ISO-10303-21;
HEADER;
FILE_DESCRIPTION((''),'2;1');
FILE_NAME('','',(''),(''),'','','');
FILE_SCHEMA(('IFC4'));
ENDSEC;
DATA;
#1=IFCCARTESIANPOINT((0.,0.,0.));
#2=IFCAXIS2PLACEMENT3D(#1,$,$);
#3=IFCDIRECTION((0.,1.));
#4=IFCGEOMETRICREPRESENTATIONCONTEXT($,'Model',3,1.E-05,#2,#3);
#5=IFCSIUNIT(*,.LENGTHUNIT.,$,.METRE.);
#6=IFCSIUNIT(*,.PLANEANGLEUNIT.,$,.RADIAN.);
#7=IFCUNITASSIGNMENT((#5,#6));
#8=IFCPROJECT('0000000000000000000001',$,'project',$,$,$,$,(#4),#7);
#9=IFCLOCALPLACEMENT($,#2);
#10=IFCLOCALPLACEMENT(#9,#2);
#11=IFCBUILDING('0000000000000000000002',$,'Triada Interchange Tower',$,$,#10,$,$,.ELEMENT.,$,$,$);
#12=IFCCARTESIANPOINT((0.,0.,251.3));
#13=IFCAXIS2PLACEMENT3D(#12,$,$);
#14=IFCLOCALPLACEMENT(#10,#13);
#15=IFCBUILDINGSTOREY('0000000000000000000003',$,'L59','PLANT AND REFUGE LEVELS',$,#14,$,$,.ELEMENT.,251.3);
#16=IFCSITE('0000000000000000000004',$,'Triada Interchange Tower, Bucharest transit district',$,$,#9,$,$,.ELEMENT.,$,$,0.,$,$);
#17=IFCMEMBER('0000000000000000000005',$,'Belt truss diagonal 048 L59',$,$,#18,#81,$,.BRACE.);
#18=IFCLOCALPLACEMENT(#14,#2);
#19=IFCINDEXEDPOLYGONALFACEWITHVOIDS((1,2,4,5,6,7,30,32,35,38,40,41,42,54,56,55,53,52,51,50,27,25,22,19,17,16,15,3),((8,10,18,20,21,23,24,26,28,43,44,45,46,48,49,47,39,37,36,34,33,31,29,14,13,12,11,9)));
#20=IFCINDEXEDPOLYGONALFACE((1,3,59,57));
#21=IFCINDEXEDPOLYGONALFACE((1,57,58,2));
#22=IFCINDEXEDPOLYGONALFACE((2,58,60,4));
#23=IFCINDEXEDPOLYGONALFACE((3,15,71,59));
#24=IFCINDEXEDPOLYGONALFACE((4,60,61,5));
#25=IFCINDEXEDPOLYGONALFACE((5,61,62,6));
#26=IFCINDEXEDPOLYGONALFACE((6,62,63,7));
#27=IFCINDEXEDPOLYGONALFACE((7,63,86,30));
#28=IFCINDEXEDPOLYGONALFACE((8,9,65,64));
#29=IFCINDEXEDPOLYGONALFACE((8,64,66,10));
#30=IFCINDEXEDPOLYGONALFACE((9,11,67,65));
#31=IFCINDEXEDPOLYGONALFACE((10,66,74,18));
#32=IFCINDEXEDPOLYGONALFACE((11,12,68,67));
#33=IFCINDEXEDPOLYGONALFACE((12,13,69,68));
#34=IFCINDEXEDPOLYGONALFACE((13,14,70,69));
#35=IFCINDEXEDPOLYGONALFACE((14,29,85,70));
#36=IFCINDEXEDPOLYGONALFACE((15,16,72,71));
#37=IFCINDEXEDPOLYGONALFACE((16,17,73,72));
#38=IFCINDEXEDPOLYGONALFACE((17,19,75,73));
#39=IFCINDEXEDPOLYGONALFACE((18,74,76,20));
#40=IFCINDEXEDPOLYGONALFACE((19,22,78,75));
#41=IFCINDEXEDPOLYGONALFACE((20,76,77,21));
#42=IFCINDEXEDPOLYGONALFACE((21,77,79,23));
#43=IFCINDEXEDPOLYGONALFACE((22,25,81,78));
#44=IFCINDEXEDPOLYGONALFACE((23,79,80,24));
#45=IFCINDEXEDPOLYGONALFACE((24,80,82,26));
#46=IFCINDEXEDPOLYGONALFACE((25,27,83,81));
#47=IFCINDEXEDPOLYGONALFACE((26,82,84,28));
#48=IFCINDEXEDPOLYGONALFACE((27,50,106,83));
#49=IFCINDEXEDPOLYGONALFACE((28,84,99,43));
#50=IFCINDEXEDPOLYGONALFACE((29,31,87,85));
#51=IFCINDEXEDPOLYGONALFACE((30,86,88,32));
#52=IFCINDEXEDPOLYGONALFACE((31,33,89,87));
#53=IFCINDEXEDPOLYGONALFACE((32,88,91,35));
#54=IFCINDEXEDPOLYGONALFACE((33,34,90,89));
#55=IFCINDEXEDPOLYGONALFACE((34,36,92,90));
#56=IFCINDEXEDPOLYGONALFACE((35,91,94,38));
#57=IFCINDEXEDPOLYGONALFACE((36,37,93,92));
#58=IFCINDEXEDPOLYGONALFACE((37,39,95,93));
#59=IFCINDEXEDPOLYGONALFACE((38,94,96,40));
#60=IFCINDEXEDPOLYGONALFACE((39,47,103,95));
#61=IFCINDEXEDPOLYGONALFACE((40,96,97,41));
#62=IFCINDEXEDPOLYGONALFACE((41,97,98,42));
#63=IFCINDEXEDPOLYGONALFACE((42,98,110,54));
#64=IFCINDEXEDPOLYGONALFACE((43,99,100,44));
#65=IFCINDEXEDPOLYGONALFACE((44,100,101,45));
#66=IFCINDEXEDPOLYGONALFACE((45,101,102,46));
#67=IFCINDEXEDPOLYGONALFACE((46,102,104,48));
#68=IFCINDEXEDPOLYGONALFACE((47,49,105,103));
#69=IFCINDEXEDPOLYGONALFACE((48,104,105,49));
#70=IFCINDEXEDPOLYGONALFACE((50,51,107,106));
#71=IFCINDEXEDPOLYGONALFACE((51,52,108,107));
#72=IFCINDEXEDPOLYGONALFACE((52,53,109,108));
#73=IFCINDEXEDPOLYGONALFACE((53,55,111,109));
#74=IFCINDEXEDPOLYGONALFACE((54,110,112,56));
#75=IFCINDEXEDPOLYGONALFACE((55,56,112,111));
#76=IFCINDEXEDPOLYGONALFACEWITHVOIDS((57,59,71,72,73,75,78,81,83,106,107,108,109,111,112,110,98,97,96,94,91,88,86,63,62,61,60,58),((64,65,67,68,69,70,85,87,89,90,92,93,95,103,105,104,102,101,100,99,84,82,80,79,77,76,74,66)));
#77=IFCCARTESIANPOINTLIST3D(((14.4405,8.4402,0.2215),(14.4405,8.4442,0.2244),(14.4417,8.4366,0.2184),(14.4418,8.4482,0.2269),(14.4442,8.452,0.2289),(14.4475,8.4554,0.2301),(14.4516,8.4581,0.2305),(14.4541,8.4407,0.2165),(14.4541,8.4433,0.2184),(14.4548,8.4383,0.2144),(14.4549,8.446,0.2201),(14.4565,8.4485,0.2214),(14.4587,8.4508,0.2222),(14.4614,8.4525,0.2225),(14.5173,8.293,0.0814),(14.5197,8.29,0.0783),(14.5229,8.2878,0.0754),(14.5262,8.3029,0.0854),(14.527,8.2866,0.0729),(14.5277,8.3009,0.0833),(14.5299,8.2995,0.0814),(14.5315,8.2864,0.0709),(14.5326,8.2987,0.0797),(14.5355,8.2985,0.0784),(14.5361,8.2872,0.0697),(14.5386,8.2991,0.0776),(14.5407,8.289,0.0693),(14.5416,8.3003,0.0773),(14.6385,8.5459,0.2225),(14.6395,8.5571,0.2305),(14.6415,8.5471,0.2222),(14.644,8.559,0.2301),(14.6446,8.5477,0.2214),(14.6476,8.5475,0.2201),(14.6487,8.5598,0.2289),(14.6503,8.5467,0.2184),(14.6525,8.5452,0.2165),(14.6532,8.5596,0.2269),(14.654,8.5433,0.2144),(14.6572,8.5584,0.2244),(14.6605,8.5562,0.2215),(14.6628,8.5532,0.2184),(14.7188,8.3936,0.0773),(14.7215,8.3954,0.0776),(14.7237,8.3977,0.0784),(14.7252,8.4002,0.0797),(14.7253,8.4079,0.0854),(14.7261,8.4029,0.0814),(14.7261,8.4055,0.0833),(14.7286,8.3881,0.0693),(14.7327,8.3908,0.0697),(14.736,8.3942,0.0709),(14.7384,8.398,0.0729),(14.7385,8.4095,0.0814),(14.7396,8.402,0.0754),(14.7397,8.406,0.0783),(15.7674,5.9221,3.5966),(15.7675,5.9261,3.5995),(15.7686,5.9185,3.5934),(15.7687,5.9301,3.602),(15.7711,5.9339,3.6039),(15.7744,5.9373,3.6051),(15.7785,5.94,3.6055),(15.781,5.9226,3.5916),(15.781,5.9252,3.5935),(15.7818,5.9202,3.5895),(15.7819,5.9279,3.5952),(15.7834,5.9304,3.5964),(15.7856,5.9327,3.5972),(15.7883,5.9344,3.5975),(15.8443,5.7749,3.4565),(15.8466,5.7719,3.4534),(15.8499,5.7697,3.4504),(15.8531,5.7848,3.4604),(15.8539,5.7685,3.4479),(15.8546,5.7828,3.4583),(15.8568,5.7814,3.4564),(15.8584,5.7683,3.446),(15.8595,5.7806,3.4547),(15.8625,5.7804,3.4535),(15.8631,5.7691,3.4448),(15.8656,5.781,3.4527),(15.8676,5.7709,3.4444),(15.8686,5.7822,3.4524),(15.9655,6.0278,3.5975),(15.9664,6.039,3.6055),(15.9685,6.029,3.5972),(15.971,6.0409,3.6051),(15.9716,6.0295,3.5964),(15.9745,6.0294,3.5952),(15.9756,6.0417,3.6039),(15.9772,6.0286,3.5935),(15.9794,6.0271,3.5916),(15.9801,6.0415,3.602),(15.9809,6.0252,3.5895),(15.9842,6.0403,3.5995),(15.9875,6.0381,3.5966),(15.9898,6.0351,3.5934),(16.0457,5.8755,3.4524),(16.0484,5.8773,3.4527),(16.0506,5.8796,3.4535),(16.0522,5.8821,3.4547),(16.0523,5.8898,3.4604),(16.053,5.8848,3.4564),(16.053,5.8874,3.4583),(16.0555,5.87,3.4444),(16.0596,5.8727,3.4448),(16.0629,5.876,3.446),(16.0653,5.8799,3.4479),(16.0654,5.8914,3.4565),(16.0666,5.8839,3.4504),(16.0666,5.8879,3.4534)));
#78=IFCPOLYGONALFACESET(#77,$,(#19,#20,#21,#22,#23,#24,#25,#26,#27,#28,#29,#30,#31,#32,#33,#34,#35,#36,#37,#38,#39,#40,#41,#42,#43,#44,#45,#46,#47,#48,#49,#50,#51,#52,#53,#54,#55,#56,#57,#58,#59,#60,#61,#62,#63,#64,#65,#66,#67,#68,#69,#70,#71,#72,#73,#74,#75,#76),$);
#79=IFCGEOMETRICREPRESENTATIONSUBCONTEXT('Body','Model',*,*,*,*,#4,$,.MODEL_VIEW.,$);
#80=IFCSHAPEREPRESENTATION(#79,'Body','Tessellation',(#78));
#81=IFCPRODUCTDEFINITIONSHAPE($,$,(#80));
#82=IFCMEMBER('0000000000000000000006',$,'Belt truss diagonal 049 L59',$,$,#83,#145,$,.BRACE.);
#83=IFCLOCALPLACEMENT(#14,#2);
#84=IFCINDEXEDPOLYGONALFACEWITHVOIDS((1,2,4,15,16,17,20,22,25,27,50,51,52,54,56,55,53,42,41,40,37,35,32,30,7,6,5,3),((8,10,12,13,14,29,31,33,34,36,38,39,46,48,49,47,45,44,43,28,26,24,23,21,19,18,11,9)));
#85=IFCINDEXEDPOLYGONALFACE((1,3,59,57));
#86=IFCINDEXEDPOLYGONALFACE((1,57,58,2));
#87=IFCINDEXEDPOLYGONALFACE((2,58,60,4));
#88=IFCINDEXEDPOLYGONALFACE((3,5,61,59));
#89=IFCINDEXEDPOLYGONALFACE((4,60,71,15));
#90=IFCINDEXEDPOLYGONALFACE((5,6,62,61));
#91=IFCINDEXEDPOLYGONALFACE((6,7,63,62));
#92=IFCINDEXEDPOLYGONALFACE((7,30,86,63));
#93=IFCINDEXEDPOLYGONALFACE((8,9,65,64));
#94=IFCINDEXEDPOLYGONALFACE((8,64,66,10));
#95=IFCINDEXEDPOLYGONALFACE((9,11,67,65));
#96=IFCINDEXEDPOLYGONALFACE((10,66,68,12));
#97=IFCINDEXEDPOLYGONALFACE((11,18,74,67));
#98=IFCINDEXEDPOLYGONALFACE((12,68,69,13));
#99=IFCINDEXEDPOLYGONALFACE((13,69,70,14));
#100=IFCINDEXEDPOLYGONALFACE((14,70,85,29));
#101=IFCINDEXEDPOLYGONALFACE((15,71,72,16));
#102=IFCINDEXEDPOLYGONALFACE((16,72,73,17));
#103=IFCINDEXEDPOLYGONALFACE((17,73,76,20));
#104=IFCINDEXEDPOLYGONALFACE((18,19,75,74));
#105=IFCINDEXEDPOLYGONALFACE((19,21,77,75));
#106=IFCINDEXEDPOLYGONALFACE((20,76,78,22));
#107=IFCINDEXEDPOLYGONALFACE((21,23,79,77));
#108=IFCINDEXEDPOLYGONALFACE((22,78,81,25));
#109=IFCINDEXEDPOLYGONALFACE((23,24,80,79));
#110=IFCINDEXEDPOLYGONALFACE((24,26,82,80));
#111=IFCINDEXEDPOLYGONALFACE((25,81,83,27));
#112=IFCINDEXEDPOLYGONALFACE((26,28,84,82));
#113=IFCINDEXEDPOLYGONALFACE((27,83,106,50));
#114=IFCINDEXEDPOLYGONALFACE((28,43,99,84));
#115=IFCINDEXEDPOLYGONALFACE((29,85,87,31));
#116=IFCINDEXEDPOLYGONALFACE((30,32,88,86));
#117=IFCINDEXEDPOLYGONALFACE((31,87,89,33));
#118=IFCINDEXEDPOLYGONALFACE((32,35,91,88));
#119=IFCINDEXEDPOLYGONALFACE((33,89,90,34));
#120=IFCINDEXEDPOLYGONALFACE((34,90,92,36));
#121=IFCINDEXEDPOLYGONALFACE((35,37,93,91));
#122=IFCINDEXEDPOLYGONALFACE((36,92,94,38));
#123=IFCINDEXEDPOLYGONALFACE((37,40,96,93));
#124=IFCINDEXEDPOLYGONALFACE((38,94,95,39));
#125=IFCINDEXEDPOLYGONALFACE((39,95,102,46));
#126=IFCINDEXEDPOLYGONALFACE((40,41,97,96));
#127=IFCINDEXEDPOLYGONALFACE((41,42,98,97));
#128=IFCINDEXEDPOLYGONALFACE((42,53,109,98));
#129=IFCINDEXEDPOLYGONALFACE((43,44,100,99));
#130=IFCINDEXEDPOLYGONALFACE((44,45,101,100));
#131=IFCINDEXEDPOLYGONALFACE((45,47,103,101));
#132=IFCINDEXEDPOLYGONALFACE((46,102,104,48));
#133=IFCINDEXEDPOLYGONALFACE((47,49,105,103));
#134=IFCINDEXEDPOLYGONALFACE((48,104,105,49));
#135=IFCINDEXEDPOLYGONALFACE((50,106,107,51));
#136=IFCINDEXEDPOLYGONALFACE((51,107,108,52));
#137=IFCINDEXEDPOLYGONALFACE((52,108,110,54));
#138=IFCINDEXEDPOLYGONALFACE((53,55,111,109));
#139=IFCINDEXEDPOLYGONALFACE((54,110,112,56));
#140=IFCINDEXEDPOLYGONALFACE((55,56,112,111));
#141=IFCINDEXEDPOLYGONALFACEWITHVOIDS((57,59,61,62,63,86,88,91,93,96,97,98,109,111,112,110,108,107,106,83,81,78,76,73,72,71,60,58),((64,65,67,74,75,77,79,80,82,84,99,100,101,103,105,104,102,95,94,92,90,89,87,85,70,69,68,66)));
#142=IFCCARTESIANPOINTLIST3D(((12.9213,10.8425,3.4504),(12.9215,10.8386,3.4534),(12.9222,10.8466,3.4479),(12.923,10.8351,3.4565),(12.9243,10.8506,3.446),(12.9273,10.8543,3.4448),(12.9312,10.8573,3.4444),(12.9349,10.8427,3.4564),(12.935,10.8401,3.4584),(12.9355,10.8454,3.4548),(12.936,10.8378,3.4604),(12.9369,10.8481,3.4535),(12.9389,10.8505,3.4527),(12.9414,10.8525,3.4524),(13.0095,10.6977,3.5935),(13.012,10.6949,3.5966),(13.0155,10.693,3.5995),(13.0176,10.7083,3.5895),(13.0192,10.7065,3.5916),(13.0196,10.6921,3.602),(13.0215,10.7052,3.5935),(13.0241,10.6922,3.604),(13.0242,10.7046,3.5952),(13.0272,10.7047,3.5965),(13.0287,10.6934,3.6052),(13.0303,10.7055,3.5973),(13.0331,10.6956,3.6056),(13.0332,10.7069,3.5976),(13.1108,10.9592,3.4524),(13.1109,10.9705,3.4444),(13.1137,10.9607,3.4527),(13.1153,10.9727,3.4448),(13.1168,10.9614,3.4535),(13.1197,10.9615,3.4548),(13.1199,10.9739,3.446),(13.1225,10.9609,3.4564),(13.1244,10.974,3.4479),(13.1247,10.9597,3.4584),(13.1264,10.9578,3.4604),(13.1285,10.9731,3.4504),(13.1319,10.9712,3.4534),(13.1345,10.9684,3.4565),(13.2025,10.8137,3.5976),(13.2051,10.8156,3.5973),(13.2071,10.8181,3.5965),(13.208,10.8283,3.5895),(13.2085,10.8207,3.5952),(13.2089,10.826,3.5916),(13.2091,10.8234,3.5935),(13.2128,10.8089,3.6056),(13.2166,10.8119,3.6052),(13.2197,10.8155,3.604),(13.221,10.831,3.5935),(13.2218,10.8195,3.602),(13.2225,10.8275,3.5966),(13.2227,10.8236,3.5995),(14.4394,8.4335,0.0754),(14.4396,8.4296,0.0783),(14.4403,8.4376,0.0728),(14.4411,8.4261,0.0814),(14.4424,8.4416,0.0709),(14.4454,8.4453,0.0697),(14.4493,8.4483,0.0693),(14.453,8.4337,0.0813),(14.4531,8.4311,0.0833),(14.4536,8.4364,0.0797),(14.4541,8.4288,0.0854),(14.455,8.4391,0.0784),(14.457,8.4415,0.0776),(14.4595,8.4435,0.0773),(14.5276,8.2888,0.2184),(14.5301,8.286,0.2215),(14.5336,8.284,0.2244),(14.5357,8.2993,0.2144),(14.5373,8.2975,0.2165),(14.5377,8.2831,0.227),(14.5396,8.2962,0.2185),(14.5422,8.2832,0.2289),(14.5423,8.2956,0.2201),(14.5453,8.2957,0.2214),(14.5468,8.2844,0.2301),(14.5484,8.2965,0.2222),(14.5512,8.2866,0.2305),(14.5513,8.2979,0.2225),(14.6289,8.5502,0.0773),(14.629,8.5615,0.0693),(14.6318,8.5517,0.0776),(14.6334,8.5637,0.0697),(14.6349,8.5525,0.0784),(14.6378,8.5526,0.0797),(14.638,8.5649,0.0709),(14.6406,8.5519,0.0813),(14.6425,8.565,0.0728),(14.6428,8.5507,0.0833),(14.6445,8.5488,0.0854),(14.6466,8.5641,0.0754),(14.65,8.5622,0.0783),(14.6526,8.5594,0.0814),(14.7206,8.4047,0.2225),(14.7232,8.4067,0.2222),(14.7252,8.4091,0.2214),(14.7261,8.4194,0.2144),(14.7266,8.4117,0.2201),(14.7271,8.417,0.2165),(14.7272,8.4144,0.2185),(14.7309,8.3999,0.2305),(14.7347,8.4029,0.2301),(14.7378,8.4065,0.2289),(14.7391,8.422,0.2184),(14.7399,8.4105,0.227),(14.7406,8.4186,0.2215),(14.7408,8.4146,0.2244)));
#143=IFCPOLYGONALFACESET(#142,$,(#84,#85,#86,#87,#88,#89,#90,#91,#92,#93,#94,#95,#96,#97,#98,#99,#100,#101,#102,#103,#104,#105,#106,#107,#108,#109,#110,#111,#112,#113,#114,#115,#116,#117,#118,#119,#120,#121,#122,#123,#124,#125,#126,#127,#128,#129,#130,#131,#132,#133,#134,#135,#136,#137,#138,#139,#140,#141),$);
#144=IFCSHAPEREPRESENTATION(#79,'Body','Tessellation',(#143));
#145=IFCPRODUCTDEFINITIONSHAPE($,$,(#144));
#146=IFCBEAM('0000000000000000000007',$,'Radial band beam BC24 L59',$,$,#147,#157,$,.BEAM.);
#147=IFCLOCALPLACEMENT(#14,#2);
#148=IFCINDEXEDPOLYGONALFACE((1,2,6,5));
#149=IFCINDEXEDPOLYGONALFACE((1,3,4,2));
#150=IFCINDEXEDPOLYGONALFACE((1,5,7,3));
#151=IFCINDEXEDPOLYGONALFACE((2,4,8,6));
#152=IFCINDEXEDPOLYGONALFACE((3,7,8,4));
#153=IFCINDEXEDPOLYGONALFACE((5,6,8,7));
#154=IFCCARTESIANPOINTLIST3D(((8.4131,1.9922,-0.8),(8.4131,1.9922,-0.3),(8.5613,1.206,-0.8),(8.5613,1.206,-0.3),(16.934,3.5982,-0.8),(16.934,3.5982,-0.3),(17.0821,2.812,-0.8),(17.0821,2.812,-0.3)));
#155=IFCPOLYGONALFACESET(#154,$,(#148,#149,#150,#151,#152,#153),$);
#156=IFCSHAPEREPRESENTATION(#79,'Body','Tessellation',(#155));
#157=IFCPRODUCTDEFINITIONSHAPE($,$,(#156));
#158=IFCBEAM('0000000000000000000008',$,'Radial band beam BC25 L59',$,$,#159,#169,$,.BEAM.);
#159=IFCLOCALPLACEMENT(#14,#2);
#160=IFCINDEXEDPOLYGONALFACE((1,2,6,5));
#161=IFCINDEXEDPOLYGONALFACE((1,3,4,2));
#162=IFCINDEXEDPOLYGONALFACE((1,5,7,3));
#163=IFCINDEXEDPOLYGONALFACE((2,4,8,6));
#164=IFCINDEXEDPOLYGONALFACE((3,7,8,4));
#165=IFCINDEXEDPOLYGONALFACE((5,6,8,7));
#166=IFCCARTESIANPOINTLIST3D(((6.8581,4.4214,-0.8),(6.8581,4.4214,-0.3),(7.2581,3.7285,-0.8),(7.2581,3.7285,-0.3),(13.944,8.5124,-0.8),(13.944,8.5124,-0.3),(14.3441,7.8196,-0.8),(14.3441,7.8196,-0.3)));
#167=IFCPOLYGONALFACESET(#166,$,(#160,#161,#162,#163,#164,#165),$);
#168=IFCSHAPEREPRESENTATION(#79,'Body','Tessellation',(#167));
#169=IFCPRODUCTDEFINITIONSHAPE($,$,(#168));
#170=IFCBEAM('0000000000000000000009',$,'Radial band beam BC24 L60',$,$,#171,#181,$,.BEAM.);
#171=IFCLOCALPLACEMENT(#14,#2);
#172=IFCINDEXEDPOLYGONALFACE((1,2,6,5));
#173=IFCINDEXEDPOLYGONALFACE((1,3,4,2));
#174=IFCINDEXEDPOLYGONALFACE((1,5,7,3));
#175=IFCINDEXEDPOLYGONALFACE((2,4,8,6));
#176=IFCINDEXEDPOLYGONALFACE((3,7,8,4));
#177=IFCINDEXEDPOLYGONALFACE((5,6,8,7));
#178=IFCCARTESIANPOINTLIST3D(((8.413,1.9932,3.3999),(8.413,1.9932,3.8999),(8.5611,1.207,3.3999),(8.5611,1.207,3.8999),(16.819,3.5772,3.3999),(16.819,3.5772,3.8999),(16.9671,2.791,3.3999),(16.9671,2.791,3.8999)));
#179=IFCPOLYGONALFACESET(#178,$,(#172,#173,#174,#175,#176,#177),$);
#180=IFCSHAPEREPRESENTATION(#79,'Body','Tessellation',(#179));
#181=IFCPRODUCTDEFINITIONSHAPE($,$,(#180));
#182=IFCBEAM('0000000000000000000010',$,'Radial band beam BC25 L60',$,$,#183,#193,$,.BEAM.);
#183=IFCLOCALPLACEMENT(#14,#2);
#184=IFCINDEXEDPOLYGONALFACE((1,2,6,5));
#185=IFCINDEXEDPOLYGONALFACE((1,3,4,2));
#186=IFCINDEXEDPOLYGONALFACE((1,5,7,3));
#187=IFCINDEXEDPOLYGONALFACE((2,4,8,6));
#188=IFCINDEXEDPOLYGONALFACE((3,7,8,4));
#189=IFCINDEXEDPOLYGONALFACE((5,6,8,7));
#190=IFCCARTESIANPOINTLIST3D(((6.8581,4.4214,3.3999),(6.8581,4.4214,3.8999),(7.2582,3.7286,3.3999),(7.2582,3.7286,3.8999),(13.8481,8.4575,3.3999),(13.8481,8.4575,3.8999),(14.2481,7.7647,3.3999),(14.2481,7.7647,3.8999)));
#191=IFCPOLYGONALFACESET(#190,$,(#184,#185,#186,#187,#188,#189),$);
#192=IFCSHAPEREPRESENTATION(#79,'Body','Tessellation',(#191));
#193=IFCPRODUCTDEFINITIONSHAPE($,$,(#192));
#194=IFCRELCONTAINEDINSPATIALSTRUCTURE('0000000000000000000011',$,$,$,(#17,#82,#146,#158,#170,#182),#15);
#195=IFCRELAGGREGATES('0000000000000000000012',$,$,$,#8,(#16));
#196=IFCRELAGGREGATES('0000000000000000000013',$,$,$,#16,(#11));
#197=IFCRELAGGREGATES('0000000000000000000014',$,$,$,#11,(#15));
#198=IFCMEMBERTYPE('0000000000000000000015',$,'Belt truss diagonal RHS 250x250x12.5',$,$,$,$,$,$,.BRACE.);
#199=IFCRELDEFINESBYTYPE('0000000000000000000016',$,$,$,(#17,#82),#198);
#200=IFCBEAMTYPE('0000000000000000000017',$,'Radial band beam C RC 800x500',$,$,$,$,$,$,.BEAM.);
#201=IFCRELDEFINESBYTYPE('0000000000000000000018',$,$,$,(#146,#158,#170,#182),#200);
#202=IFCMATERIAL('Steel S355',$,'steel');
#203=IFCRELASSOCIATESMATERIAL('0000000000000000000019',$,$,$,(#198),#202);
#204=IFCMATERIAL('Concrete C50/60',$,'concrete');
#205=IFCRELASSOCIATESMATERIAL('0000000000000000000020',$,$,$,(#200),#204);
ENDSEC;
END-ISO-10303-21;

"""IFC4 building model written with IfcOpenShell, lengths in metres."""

from ifc_helpers import new_model, si_unit, direction, frame, origin, origin_2d, place, context, subcontext, project, spatial, rectangle, hollow_rectangle, extrude, material, material_profile, profile_set, type_object, element, save


model = new_model("IFC4")

# Units and contexts
model_context = context("Model", 3, precision=1e-05, world=origin(), true_north=direction((0.0, 1.0)))
body_context = subcontext(model_context, "Body", "Model", "MODEL_VIEW")
ifc_project = project(units=[si_unit("LENGTHUNIT", "METRE"), si_unit("PLANEANGLEUNIT", "RADIAN")], contexts=[model_context])

# Site, building, storey
site_placement = place(None, origin())
site = spatial("IfcSite", under=ifc_project, at=site_placement, Name="Triada Interchange Tower, Bucharest transit district", CompositionType="ELEMENT", RefElevation=0.0)
building_placement = place(site_placement, origin())
building = spatial("IfcBuilding", under=site, at=building_placement, Name="Triada Interchange Tower", CompositionType="ELEMENT")
storey_placement = place(building_placement, frame((0.0, 0.0, 251.3)))
storey = spatial("IfcBuildingStorey", under=building, at=storey_placement, Name="L59", Description="PLANT AND REFUGE LEVELS", CompositionType="ELEMENT", Elevation=251.3)

# Shared definitions
ifc_material_1 = material(Name="Concrete C50/60", Category="concrete")

# Members
ifc_material_2 = material(Name="Steel S355", Category="steel")
ifc_material_profile_1 = material_profile(ifc_material_2, hollow_rectangle(XDim=0.25, YDim=0.25, WallThickness=0.0125, InnerFilletRadius=0.0125, OuterFilletRadius=0.0188, at=origin_2d()), Name="RHS 250x250x12.5")
ifc_profile_set_1 = profile_set([ifc_material_profile_1], Name="Steel S355")
member_type = type_object("IfcMemberType", Name="Belt truss diagonal RHS 250x250x12.5", PredefinedType="BRACE", material=ifc_profile_set_1)
member_1_placement = place(storey_placement, frame((14.5901, 8.4231, 0.1499), z_axis=(0.300547, -0.570347, 0.764445), x_axis=(0.884686, 0.466188, 0.0)))
element("IfcMember", 1, at=member_1_placement, inside=storey, type_object=member_type, Name="Belt truss diagonal 048 L59", PredefinedType="BRACE", context=body_context, shape_type="SweptSolid", body=[
    extrude(hollow_rectangle(XDim=0.25, YDim=0.25, WallThickness=0.0125, InnerFilletRadius=0.0125, OuterFilletRadius=0.0188, at=origin_2d()), origin(), (0.0, 0.0, 1.0), 4.415),
])
member_2_placement = place(storey_placement, frame((14.5901, 8.4241, 0.1499), z_axis=(-0.343791, 0.545543, 0.764324), x_axis=(-0.846022, -0.533148, 0.0)))
element("IfcMember", 2, at=member_2_placement, inside=storey, type_object=member_type, Name="Belt truss diagonal 049 L59", PredefinedType="BRACE", context=body_context, shape_type="SweptSolid", body=[
    extrude(hollow_rectangle(XDim=0.25, YDim=0.25, WallThickness=0.0125, InnerFilletRadius=0.0125, OuterFilletRadius=0.0188, at=origin_2d()), origin(), (0.0, 0.0, 1.0), 4.4158),
])

# Beams
ifc_material_profile_2 = material_profile(ifc_material_1, rectangle(XDim=0.8, YDim=0.5, at=origin_2d()), Name="RC 800x500")
ifc_profile_set_2 = profile_set([ifc_material_profile_2], Name="Concrete C50/60")
beam_type_1 = type_object("IfcBeamType", Name="Radial band beam C RC 800x500", PredefinedType="BEAM", material=ifc_profile_set_2)
beam_1_placement = place(storey_placement, frame((17.0081, 3.2051, -0.55), z_axis=(-0.982699, -0.18521, 0.0), x_axis=(0.18521, -0.982699, 0.0)))
element("IfcBeam", 3, at=beam_1_placement, inside=storey, type_object=beam_type_1, Name="Radial band beam BC24 L59", PredefinedType="BEAM", context=body_context, shape_type="SweptSolid", body=[
    extrude(rectangle(XDim=0.8, YDim=0.5, at=origin_2d()), origin(), (0.0, 0.0, 1.0), 8.6709),
])
beam_2_placement = place(storey_placement, frame((14.144, 8.166, -0.55), z_axis=(-0.866026, -0.5, 0.0), x_axis=(0.5, -0.866026, 0.0)))
element("IfcBeam", 4, at=beam_2_placement, inside=storey, type_object=beam_type_1, Name="Radial band beam BC25 L59", PredefinedType="BEAM", context=body_context, shape_type="SweptSolid", body=[
    extrude(rectangle(XDim=0.8, YDim=0.5, at=origin_2d()), origin(), (0.0, 0.0, 1.0), 8.1821),
])
beam_3_placement = place(storey_placement, frame((16.8931, 3.1841, 3.6499), z_axis=(-0.982705, -0.185176, 0.0), x_axis=(0.185176, -0.982705, 0.0)))
element("IfcBeam", 5, at=beam_3_placement, inside=storey, type_object=beam_type_1, Name="Radial band beam BC24 L60", PredefinedType="BEAM", context=body_context, shape_type="SweptSolid", body=[
    extrude(rectangle(XDim=0.8, YDim=0.5, at=origin_2d()), origin(), (0.0, 0.0, 1.0), 8.554),
])
beam_4_placement = place(storey_placement, frame((14.0481, 8.1111, 3.6499), z_axis=(-0.866001, -0.500043, 0.0), x_axis=(0.500043, -0.866001, 0.0)))
element("IfcBeam", 6, at=beam_4_placement, inside=storey, type_object=beam_type_1, Name="Radial band beam BC25 L60", PredefinedType="BEAM", context=body_context, shape_type="SweptSolid", body=[
    extrude(rectangle(XDim=0.8, YDim=0.5, at=origin_2d()), origin(), (0.0, 0.0, 1.0), 8.0715),
])

save(model, "model.ifc")
